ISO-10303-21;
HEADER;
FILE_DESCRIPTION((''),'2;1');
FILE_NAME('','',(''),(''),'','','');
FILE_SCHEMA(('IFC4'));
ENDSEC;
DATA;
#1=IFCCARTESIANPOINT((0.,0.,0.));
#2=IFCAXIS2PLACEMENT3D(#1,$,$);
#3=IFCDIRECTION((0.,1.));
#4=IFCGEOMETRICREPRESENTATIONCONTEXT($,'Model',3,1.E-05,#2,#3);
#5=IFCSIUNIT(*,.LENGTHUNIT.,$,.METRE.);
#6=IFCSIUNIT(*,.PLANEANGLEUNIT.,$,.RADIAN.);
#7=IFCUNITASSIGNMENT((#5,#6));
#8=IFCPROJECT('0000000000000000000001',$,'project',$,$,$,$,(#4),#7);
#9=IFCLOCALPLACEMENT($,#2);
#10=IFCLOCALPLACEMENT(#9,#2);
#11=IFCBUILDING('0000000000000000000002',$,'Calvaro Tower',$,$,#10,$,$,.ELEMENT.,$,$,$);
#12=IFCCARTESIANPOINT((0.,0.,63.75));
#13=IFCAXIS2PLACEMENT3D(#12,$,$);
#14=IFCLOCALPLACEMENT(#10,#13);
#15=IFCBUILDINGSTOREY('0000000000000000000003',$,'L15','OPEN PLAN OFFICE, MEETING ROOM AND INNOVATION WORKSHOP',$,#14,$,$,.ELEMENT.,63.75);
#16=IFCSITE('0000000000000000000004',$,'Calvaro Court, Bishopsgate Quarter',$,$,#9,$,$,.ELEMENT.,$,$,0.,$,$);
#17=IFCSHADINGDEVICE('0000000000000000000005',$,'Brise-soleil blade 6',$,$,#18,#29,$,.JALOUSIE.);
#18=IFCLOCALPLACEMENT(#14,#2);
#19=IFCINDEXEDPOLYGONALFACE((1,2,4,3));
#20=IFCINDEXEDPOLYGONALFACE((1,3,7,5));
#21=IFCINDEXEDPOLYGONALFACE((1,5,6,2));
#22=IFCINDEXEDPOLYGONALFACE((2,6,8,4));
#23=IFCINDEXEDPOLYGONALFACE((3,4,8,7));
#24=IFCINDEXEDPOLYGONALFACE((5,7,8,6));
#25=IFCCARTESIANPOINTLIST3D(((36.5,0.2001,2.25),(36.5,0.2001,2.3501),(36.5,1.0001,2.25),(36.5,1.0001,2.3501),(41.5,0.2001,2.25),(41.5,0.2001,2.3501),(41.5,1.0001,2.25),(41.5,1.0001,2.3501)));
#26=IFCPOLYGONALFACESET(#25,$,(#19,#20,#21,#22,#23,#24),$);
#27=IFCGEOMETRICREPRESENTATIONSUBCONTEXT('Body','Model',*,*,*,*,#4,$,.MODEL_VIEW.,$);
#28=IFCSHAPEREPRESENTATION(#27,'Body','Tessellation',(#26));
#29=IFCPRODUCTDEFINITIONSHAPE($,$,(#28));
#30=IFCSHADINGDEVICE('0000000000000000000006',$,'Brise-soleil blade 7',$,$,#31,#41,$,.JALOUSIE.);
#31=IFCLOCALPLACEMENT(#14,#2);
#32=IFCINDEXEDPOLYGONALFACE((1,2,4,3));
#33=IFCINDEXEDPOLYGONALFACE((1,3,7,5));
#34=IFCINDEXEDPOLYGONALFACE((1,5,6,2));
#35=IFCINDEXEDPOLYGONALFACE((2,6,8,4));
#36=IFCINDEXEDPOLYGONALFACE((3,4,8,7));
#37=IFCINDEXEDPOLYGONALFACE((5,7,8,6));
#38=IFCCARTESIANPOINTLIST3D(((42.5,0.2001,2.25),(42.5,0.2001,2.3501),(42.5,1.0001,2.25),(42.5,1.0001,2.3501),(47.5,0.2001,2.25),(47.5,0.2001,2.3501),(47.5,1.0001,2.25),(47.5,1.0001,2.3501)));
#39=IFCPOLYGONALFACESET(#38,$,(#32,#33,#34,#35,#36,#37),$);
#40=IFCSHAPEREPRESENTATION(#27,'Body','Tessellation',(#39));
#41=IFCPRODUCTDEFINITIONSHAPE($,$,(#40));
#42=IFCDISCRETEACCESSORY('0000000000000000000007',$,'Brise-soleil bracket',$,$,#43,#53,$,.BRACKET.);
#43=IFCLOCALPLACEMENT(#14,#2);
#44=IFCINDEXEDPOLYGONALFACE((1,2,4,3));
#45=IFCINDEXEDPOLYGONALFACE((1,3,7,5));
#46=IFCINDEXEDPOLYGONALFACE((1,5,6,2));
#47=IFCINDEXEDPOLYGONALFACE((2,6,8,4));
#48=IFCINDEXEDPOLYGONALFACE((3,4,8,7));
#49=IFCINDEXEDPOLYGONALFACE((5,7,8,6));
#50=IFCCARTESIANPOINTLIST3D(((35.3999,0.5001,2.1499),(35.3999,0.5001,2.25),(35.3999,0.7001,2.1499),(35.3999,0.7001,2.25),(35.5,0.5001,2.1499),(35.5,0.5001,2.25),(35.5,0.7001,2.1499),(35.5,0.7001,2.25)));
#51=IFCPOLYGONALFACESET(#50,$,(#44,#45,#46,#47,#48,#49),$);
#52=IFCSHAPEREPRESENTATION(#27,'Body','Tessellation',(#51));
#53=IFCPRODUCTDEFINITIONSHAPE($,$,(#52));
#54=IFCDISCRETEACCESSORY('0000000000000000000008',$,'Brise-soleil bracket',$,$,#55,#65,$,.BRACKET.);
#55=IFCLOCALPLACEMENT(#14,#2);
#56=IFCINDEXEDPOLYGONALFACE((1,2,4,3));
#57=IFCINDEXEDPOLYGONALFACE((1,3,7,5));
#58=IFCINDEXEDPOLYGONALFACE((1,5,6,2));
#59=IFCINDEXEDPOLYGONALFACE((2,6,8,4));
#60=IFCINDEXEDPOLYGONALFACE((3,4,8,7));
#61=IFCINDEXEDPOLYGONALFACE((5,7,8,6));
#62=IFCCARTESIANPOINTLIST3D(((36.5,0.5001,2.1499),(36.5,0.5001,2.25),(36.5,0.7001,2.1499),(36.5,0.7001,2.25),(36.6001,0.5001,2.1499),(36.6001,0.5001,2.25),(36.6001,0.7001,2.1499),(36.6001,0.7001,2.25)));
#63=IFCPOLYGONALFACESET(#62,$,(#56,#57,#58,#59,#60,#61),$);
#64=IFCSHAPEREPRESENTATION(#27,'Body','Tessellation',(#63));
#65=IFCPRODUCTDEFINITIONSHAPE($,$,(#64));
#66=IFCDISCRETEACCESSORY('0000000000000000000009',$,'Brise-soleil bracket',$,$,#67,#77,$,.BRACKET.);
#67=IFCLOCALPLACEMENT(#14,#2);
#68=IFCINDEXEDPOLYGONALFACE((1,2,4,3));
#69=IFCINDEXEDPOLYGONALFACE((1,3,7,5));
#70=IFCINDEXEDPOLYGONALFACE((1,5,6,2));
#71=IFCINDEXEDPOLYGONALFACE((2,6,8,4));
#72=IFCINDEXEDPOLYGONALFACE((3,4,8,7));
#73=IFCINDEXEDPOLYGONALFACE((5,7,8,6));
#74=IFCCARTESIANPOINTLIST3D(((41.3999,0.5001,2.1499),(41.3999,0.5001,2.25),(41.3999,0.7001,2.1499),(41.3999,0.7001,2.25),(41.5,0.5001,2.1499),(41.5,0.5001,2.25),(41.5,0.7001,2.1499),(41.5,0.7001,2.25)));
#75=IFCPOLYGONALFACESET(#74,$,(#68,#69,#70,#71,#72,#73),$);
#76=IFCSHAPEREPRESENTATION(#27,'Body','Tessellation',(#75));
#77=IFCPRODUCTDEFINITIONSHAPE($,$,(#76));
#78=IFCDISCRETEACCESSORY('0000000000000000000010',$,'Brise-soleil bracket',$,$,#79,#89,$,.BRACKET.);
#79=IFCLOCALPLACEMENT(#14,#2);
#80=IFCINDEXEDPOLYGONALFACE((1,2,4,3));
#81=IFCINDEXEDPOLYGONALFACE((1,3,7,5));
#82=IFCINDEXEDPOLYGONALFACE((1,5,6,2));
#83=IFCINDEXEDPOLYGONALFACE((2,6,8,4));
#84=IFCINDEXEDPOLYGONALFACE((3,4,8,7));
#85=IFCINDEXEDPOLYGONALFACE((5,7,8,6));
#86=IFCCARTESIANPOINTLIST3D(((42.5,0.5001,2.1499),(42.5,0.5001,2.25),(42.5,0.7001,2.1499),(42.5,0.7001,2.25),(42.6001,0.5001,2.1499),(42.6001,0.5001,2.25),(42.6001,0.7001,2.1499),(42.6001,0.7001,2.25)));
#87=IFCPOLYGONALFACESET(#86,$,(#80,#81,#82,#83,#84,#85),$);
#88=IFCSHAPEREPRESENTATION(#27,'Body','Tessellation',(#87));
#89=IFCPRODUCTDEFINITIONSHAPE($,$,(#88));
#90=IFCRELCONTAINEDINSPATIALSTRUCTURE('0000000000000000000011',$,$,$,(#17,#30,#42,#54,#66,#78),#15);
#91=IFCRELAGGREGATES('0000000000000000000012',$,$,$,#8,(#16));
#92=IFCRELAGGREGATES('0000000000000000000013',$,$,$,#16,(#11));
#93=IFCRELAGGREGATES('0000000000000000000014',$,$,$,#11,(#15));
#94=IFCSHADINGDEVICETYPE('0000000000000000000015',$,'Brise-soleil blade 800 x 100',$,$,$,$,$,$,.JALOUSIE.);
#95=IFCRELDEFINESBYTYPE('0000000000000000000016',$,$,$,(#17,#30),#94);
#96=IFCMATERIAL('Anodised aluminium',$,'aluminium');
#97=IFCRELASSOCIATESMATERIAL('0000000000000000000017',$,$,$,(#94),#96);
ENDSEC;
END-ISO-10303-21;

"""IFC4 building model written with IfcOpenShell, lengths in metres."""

from ifc_helpers import new_model, si_unit, direction, frame, origin, origin_2d, place, context, subcontext, project, spatial, rectangle, extrude, material, material_profile, profile_set, type_object, element, save


model = new_model("IFC4")

# Units and contexts
model_context = context("Model", 3, precision=1e-05, world=origin(), true_north=direction((0.0, 1.0)))
body_context = subcontext(model_context, "Body", "Model", "MODEL_VIEW")
ifc_project = project(units=[si_unit("LENGTHUNIT", "METRE"), si_unit("PLANEANGLEUNIT", "RADIAN")], contexts=[model_context])

# Site, building, storey
site_placement = place(None, origin())
site = spatial("IfcSite", under=ifc_project, at=site_placement, Name="Calvaro Court, Bishopsgate Quarter", CompositionType="ELEMENT", RefElevation=0.0)
building_placement = place(site_placement, origin())
building = spatial("IfcBuilding", under=site, at=building_placement, Name="Calvaro Tower", CompositionType="ELEMENT")
storey_placement = place(building_placement, frame((0.0, 0.0, 63.75)))
storey = spatial("IfcBuildingStorey", under=building, at=storey_placement, Name="L15", Description="OPEN PLAN OFFICE, MEETING ROOM AND INNOVATION WORKSHOP", CompositionType="ELEMENT", Elevation=63.75)

# Shading devices
ifc_material_1 = material(Name="Anodised aluminium", Category="aluminium")
ifc_material_profile_1 = material_profile(ifc_material_1, rectangle(XDim=0.8, YDim=0.1001, at=origin_2d()), Name="Brise-soleil blade 800 x 100")
ifc_profile_set_1 = profile_set([ifc_material_profile_1], Name="Anodised aluminium")
shading_device_type = type_object("IfcShadingDeviceType", Name="Brise-soleil blade 800 x 100", PredefinedType="JALOUSIE", material=ifc_profile_set_1)
for number, where, z_axis, x_axis, name in (
    (1, (36.5, 0.6001, 2.3), (1.0, 0.0, 0.0), (0.0, 1.0, 0.0), "Brise-soleil blade 6"),
    (2, (42.5, 0.6001, 2.3), (1.0, 0.0, 0.0), (0.0, 1.0, 0.0), "Brise-soleil blade 7"),
):
    element("IfcShadingDevice", number, at=place(storey_placement, frame(where, z_axis=z_axis, x_axis=x_axis)), inside=storey, type_object=shading_device_type, Name=name, PredefinedType="JALOUSIE", context=body_context, shape_type="SweptSolid", body=[
        extrude(rectangle(XDim=0.8, YDim=0.1001, at=origin_2d()), origin(), (0.0, 0.0, 1.0), 5.0),
    ])

# Discrete accessories
for number, where, z_axis, x_axis, name in (
    (3, (35.45, 0.6001, 2.1499), (0.0, 0.0, 1.0), (1.0, 0.0, 0.0), "Brise-soleil bracket"),
    (4, (36.55, 0.6001, 2.1499), (0.0, 0.0, 1.0), (1.0, 0.0, 0.0), "Brise-soleil bracket"),
    (5, (41.45, 0.6001, 2.1499), (0.0, 0.0, 1.0), (1.0, 0.0, 0.0), "Brise-soleil bracket"),
    (6, (42.55, 0.6001, 2.1499), (0.0, 0.0, 1.0), (1.0, 0.0, 0.0), "Brise-soleil bracket"),
):
    element("IfcDiscreteAccessory", number, at=place(storey_placement, frame(where, z_axis=z_axis, x_axis=x_axis)), inside=storey, Name=name, PredefinedType="BRACKET", context=body_context, shape_type="SweptSolid", body=[
        extrude(rectangle(XDim=0.1001, YDim=0.2, at=origin_2d()), origin(), (0.0, 0.0, 1.0), 0.1001),
    ])

save(model, "model.ifc")
